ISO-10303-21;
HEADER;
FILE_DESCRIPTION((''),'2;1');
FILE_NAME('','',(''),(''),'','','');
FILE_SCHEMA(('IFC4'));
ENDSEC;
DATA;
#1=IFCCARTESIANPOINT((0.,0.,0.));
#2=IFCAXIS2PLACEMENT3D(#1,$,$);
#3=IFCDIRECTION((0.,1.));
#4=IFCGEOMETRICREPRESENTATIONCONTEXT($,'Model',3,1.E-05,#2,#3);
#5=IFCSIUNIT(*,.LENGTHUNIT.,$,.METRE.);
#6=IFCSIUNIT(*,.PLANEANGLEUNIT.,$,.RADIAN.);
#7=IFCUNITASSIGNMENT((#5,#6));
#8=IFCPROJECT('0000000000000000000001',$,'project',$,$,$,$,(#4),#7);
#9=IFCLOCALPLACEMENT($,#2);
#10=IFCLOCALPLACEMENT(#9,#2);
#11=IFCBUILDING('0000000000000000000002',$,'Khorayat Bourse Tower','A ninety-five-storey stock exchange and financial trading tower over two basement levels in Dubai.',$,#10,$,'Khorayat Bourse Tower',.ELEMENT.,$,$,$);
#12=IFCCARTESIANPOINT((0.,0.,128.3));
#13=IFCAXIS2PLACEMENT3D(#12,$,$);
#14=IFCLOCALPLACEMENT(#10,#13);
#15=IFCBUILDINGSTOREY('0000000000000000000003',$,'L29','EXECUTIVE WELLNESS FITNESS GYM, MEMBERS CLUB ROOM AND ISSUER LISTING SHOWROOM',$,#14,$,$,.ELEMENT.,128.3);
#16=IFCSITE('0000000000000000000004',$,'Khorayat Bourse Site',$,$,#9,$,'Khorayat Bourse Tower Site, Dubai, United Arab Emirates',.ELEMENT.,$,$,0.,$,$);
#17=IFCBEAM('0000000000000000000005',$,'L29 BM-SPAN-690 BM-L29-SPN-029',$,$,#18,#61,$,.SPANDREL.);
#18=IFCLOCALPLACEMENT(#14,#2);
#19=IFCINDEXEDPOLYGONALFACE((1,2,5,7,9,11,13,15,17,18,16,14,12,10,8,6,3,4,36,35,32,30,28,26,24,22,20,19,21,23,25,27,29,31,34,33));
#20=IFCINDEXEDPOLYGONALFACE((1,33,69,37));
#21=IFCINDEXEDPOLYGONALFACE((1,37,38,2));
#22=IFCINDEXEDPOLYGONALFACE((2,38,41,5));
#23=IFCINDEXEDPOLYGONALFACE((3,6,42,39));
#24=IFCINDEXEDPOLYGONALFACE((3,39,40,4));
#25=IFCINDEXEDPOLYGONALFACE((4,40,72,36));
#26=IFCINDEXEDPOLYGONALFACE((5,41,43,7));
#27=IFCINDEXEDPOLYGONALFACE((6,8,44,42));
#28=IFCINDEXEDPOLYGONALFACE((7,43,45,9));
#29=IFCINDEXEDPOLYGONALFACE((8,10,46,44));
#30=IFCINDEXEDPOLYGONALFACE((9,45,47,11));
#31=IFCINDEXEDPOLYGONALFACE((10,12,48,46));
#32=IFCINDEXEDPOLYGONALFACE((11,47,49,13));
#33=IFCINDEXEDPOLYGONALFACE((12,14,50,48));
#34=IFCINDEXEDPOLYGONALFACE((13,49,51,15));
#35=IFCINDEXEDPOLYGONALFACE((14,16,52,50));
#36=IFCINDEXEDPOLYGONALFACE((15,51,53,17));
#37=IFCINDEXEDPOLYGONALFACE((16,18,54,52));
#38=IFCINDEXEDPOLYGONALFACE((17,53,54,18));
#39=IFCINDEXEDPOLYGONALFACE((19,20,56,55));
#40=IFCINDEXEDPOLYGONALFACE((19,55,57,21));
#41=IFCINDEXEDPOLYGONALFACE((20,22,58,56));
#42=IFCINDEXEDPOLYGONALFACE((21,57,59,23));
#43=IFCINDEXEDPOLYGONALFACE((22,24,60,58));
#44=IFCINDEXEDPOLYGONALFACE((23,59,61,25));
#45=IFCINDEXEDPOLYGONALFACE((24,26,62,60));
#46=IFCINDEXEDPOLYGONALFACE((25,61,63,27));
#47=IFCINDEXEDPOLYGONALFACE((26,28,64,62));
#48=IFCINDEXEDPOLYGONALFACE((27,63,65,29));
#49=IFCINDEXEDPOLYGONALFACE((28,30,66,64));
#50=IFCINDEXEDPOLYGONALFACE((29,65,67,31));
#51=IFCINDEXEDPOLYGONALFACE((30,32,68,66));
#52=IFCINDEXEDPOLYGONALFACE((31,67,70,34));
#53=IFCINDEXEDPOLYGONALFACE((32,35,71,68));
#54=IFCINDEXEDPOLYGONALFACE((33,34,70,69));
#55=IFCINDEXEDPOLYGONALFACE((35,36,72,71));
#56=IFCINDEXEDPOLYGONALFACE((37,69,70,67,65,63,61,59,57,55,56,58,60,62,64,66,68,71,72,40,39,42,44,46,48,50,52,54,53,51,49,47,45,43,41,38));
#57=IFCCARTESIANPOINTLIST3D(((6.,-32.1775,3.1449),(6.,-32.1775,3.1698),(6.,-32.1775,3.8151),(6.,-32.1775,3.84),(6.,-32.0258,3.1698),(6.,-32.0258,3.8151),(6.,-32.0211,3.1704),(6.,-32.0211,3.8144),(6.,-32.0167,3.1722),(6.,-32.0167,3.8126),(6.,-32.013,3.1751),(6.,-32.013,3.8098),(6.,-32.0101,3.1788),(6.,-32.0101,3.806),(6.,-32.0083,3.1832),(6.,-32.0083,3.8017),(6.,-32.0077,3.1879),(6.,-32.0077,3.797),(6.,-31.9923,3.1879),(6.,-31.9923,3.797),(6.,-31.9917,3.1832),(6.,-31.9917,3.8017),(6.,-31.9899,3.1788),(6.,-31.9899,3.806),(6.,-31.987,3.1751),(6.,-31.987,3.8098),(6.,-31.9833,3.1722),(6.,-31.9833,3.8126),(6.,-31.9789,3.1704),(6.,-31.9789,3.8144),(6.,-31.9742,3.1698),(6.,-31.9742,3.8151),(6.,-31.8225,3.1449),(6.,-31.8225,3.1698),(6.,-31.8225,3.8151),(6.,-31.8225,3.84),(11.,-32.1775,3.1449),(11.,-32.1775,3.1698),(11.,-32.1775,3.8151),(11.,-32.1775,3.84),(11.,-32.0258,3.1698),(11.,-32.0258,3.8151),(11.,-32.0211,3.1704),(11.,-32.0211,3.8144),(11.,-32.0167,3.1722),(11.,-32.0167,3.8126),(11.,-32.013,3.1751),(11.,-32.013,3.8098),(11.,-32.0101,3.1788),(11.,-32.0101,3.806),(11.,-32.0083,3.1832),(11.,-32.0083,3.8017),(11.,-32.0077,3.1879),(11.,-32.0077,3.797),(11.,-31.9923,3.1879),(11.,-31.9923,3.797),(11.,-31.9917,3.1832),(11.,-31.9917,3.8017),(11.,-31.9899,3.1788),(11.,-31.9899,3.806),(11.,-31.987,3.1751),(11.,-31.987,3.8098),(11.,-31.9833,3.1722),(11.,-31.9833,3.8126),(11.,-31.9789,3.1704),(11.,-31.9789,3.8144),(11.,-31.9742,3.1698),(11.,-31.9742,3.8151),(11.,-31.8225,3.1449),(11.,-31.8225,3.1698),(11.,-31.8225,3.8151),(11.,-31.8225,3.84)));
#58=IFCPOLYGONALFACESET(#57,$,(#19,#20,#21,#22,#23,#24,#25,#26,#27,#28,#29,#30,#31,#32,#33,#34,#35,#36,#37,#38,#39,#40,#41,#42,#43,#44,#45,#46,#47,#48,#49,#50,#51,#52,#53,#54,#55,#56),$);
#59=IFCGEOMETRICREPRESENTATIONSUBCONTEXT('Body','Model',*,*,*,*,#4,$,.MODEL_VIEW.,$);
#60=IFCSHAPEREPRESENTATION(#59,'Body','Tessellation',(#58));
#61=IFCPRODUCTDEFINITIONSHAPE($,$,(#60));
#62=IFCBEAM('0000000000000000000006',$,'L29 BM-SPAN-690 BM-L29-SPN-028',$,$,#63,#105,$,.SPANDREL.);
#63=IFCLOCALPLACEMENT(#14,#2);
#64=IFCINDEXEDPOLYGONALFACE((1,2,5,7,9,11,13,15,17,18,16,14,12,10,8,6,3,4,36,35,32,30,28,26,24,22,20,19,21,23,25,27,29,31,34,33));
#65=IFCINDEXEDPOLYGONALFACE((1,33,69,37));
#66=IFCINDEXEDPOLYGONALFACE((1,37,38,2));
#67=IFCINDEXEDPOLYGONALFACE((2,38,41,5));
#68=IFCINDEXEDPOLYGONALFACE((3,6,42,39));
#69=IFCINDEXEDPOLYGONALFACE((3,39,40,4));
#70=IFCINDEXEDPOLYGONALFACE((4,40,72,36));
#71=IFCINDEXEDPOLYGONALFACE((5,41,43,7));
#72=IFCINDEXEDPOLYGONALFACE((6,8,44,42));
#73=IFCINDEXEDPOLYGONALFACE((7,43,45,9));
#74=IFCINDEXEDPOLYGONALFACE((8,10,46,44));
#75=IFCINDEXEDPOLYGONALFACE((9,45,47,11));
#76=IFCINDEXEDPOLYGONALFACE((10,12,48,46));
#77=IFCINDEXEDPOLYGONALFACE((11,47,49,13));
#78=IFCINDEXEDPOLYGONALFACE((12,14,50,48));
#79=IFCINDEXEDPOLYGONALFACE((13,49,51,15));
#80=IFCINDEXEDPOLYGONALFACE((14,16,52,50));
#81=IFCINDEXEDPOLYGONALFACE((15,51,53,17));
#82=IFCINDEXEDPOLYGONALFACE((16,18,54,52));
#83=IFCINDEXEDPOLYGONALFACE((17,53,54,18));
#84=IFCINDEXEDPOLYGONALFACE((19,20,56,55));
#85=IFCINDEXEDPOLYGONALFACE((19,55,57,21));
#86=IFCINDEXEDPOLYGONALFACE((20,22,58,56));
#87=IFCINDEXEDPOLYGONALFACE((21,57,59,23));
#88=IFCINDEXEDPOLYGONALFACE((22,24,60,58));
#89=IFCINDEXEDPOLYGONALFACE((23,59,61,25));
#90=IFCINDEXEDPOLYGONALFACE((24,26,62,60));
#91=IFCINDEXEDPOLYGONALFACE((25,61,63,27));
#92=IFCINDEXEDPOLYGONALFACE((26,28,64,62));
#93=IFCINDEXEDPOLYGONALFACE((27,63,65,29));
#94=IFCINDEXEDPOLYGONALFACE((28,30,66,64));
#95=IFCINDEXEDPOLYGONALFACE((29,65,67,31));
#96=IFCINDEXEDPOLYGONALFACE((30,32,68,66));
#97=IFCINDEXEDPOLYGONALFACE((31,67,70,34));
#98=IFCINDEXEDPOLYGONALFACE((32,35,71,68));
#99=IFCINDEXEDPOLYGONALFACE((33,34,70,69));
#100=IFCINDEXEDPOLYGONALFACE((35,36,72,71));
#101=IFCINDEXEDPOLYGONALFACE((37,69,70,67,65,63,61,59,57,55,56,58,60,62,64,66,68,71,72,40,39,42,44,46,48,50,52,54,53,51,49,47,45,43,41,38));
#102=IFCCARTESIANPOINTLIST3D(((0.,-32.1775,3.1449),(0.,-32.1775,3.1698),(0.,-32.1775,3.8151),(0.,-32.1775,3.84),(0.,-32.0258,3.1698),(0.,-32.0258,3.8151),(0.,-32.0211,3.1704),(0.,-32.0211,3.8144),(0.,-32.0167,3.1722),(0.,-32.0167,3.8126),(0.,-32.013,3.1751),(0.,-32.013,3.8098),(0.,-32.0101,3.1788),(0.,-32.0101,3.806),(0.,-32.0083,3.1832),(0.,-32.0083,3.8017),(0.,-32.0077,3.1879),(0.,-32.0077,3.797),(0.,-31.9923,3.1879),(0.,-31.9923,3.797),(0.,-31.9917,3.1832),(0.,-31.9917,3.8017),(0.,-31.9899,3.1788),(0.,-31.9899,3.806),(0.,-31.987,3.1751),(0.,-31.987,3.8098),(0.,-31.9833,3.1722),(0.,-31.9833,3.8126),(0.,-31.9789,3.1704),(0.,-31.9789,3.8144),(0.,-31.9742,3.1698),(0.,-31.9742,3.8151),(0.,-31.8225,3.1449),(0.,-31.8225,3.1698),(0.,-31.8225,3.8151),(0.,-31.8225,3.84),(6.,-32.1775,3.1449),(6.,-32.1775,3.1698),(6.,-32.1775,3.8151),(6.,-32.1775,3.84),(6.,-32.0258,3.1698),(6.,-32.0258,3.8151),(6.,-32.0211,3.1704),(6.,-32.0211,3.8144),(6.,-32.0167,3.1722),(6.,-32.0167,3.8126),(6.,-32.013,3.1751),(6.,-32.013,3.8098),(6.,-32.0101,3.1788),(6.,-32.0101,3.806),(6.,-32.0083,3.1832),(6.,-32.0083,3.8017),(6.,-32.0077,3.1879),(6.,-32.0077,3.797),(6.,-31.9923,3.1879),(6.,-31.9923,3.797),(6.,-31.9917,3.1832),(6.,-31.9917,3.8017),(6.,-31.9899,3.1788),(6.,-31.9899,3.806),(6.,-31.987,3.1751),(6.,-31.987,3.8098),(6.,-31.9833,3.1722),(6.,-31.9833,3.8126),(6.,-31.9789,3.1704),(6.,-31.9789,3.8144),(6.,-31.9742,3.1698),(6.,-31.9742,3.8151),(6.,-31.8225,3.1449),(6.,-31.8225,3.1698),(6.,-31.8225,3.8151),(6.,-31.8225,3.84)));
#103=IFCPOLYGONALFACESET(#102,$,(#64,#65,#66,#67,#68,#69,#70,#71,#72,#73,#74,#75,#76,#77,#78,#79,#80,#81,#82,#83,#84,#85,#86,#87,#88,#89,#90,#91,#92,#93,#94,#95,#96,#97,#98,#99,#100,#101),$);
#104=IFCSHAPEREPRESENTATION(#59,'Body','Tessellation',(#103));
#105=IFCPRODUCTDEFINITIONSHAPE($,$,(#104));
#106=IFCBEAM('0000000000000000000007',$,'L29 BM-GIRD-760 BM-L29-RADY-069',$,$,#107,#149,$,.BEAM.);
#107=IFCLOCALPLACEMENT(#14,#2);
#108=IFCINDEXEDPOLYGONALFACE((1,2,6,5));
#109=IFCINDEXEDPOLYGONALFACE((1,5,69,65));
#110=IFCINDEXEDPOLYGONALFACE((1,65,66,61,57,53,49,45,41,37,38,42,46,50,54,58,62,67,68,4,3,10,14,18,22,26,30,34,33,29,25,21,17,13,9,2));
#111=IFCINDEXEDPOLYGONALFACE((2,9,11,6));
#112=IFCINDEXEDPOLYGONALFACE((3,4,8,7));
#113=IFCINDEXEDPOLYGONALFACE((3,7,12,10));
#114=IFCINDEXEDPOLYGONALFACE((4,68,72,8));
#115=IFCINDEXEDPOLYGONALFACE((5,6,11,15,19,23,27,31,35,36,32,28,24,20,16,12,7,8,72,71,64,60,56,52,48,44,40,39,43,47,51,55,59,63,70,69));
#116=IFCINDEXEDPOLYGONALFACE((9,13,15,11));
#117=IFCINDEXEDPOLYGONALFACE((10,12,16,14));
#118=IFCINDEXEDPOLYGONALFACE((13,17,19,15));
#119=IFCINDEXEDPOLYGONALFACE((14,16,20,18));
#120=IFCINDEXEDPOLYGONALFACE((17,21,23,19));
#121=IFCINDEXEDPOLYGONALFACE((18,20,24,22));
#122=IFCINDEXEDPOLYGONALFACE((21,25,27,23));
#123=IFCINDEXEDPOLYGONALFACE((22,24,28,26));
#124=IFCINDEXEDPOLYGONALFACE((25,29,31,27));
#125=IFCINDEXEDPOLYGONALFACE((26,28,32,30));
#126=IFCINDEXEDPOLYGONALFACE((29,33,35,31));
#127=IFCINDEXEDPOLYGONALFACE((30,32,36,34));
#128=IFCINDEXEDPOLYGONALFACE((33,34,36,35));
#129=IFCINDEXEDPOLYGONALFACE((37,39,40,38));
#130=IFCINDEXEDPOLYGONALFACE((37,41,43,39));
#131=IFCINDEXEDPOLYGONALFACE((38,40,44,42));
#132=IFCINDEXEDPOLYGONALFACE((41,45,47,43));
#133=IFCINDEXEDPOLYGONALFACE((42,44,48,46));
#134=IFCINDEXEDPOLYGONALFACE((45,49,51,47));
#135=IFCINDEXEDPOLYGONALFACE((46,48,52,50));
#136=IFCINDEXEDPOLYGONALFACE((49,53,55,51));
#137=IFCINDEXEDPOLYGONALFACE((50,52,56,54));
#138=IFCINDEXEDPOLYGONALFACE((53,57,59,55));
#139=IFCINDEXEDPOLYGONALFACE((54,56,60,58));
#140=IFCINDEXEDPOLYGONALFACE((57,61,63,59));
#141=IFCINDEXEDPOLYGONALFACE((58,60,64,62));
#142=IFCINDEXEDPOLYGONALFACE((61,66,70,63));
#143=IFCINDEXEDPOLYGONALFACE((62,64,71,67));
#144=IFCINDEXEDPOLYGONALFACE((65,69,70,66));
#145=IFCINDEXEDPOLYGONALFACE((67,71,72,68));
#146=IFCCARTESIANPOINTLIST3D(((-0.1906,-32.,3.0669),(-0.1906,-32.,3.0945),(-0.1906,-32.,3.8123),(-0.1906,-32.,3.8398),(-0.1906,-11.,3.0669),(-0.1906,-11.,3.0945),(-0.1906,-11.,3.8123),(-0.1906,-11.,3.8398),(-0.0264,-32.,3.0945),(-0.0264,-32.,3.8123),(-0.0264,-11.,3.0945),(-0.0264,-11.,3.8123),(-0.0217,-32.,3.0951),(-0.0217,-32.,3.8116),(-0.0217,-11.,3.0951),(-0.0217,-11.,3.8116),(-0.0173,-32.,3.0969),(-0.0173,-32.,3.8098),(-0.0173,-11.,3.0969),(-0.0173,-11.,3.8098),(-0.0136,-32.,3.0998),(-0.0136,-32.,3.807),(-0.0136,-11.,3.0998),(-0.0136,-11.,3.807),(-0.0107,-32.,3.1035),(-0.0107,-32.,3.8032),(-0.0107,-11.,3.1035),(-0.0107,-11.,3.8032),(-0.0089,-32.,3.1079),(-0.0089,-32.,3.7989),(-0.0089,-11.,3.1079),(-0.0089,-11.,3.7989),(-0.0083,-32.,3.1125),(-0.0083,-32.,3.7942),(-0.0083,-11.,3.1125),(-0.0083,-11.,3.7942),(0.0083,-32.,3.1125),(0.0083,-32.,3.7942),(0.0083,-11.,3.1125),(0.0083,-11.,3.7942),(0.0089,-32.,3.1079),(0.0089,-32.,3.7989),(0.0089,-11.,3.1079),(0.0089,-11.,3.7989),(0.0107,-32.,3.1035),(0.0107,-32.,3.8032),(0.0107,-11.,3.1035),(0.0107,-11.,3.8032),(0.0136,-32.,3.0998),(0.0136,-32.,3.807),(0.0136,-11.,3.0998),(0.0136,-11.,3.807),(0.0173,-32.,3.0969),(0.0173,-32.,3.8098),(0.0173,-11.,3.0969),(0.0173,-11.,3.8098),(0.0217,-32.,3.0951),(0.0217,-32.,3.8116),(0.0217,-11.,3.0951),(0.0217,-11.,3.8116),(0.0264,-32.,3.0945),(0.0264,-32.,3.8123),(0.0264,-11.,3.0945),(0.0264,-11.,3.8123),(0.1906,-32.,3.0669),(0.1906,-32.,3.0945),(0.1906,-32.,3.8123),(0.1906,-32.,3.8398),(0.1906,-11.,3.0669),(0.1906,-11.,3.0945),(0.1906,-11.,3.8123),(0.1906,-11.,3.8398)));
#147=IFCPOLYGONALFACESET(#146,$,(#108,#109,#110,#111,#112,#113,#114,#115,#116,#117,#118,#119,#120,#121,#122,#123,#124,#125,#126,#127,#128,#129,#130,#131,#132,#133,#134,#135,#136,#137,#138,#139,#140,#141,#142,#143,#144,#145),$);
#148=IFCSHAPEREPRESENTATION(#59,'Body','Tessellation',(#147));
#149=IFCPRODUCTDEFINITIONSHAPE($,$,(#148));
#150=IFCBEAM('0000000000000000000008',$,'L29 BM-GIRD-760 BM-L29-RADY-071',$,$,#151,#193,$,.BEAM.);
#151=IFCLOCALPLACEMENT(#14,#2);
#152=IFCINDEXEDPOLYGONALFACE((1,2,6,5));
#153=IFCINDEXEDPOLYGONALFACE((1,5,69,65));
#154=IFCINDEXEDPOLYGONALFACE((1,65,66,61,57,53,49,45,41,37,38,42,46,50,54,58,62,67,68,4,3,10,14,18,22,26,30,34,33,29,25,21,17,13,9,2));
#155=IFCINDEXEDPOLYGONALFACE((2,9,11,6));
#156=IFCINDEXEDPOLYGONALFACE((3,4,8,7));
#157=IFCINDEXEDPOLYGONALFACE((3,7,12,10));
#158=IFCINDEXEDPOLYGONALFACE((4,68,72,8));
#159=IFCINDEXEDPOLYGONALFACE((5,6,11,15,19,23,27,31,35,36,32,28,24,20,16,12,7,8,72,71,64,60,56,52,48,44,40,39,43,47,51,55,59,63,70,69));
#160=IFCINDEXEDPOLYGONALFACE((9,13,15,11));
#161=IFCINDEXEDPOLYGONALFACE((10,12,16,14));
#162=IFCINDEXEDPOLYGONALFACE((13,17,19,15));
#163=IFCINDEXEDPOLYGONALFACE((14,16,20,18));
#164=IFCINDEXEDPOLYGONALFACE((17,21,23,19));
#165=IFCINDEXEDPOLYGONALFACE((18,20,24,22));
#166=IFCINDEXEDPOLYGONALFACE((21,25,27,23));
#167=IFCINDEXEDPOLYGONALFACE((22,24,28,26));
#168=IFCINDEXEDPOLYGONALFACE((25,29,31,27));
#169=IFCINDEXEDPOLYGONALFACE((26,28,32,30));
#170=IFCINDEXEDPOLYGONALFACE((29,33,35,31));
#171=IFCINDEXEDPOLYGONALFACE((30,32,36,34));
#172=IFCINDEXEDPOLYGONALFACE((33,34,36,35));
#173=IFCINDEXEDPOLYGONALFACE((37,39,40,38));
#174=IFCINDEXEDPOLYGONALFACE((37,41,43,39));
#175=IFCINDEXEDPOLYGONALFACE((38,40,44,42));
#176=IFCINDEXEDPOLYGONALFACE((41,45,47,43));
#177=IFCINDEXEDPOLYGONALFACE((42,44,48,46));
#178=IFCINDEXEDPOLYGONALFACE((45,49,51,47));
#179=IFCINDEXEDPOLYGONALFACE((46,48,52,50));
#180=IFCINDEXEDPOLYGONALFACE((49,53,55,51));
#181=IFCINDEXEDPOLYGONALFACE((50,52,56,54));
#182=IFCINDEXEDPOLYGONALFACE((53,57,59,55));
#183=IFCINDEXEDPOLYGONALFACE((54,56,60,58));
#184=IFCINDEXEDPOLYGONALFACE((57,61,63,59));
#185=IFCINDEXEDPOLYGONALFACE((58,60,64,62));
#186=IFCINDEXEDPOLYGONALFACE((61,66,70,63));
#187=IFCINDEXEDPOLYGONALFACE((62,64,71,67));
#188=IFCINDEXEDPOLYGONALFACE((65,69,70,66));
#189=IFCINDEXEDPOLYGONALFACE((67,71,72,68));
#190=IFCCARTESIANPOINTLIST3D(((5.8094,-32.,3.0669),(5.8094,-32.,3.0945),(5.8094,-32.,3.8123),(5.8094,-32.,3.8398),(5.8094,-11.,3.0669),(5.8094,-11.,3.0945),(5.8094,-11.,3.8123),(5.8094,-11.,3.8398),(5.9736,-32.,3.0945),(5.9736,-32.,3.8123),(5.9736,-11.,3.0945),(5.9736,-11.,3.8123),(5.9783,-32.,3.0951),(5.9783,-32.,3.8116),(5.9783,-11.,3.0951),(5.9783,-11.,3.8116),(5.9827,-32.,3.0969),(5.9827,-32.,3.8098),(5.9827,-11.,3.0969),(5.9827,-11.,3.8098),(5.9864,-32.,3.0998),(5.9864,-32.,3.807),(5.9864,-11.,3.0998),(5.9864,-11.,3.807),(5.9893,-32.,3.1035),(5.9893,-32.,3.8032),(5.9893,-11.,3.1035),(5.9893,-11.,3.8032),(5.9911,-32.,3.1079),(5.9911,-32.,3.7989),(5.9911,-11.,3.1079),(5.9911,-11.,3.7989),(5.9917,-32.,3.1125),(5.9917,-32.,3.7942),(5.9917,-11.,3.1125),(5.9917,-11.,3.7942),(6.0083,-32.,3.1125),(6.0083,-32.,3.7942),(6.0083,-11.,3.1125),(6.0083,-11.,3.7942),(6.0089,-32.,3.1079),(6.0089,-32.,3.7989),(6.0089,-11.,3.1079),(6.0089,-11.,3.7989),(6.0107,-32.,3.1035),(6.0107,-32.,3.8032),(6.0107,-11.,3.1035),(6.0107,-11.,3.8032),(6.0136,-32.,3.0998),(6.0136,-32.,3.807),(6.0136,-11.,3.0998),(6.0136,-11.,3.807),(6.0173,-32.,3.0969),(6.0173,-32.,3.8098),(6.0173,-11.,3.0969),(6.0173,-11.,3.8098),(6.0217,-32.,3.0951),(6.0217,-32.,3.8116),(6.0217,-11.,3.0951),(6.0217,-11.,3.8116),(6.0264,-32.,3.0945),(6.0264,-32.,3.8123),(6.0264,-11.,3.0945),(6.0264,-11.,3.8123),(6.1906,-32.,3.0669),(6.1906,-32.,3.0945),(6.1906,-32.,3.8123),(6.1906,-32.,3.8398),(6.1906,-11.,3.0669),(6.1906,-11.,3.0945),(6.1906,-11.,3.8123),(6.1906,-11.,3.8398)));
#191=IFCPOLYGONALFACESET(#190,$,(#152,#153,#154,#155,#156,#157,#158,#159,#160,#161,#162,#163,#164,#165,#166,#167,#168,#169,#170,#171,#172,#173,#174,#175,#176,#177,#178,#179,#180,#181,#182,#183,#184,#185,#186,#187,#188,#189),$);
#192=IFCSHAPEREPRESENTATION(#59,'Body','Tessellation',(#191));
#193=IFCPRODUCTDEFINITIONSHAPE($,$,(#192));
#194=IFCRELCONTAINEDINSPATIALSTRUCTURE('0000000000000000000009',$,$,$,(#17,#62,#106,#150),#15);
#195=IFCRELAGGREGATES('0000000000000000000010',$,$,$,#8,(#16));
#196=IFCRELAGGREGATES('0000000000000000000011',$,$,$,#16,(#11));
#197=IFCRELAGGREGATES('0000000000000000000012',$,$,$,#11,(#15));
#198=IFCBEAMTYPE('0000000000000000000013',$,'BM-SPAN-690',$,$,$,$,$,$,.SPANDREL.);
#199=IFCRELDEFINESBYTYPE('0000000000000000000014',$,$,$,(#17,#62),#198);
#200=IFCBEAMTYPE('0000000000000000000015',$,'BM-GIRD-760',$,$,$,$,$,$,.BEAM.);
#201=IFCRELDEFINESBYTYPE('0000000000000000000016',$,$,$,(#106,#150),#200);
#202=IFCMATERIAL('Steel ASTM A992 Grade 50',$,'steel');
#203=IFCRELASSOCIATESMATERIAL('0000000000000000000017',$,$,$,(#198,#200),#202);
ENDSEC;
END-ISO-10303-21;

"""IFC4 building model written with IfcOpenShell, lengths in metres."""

from ifc_helpers import new_model, si_unit, direction, frame, origin, origin_2d, place, context, subcontext, project, spatial, i_section, extrude, source, transform, mapped, material, material_profile, profile_set, type_object, element, save


model = new_model("IFC4")

# Units and contexts
model_context = context("Model", 3, precision=1e-05, world=origin(), true_north=direction((0.0, 1.0)))
body_context = subcontext(model_context, "Body", "Model", "MODEL_VIEW")
ifc_project = project(units=[si_unit("LENGTHUNIT", "METRE"), si_unit("PLANEANGLEUNIT", "RADIAN")], contexts=[model_context])

# Site, building, storey
site_placement = place(None, origin())
site = spatial("IfcSite", under=ifc_project, at=site_placement, Name="Khorayat Bourse Site", LongName="Khorayat Bourse Tower Site, Dubai, United Arab Emirates", CompositionType="ELEMENT", RefElevation=0.0)
building_placement = place(site_placement, origin())
building = spatial("IfcBuilding", under=site, at=building_placement, Name="Khorayat Bourse Tower", Description="A ninety-five-storey stock exchange and financial trading tower over two basement levels in Dubai.", LongName="Khorayat Bourse Tower", CompositionType="ELEMENT")
storey_placement = place(building_placement, frame((0.0, 0.0, 128.3)))
storey = spatial("IfcBuildingStorey", under=building, at=storey_placement, Name="L29", Description="EXECUTIVE WELLNESS FITNESS GYM, MEMBERS CLUB ROOM AND ISSUER LISTING SHOWROOM", CompositionType="ELEMENT", Elevation=128.3)

# Beams
ifc_material_1 = material(Name="Steel ASTM A992 Grade 50", Category="steel")
ifc_material_profile_1 = material_profile(ifc_material_1, i_section(OverallWidth=0.355, OverallDepth=0.6951, WebThickness=0.0154, FlangeThickness=0.0249, FilletRadius=0.0181, at=origin_2d()), Name="W690X217")
ifc_profile_set_1 = profile_set([ifc_material_profile_1], Name="Steel ASTM A992 Grade 50")
beam_type_1 = type_object("IfcBeamType", Name="BM-SPAN-690", PredefinedType="SPANDREL", material=ifc_profile_set_1)
shared_shape_1 = source(origin(), body_context, "Body", "SweptSolid", [
    extrude(i_section(OverallWidth=0.355, OverallDepth=0.6951, WebThickness=0.0154, FlangeThickness=0.0249, FilletRadius=0.0181, at=origin_2d()), origin(), (0.0, 0.0, 1.0), 5.0),
])
beam_1_placement = place(storey_placement, frame((6.0, -32.0, 3.4924), z_axis=(1.0, 0.0, 0.0), x_axis=(0.0, 1.0, 0.0)))
element("IfcBeam", 1, at=beam_1_placement, inside=storey, type_object=beam_type_1, Name="L29 BM-SPAN-690 BM-L29-SPN-029", PredefinedType="SPANDREL", context=body_context, shape_type="MappedRepresentation", body=[
    mapped(shared_shape_1, transform((0.0, 0.0, 0.0), scale=1.0)),
])
shared_shape_2 = source(origin(), body_context, "Body", "SweptSolid", [
    extrude(i_section(OverallWidth=0.355, OverallDepth=0.6951, WebThickness=0.0154, FlangeThickness=0.0249, FilletRadius=0.0181, at=origin_2d()), origin(), (0.0, 0.0, 1.0), 6.0),
])
beam_2_placement = place(storey_placement, frame((0.0, -32.0, 3.4924), z_axis=(1.0, 0.0, 0.0), x_axis=(0.0, 1.0, 0.0)))
element("IfcBeam", 2, at=beam_2_placement, inside=storey, type_object=beam_type_1, Name="L29 BM-SPAN-690 BM-L29-SPN-028", PredefinedType="SPANDREL", context=body_context, shape_type="MappedRepresentation", body=[
    mapped(shared_shape_2, transform((0.0, 0.0, 0.0), scale=1.0)),
])
ifc_material_profile_2 = material_profile(ifc_material_1, i_section(OverallWidth=0.3811, OverallDepth=0.7729, WebThickness=0.0166, FlangeThickness=0.0276, FilletRadius=0.0181, at=origin_2d()), Name="W760X257")
ifc_profile_set_2 = profile_set([ifc_material_profile_2], Name="Steel ASTM A992 Grade 50")
beam_type_2 = type_object("IfcBeamType", Name="BM-GIRD-760", PredefinedType="BEAM", material=ifc_profile_set_2)
shared_shape_3 = source(origin(), body_context, "Body", "SweptSolid", [
    extrude(i_section(OverallWidth=0.3811, OverallDepth=0.7729, WebThickness=0.0166, FlangeThickness=0.0276, FilletRadius=0.0181, at=origin_2d()), origin(), (0.0, 0.0, 1.0), 21.0),
])
for number, where, z_axis, x_axis, name in (
    (3, (0.0, -32.0, 3.4534), (0.0, 1.0, 0.0), (-1.0, 0.0, 0.0), "L29 BM-GIRD-760 BM-L29-RADY-069"),
    (4, (6.0, -32.0, 3.4534), (0.0, 1.0, 0.0), (-1.0, 0.0, 0.0), "L29 BM-GIRD-760 BM-L29-RADY-071"),
):
    element("IfcBeam", number, at=place(storey_placement, frame(where, z_axis=z_axis, x_axis=x_axis)), inside=storey, type_object=beam_type_2, Name=name, PredefinedType="BEAM", context=body_context, shape_type="MappedRepresentation", body=[
        mapped(shared_shape_3, transform((0.0, 0.0, 0.0), scale=1.0)),
    ])

save(model, "model.ifc")
